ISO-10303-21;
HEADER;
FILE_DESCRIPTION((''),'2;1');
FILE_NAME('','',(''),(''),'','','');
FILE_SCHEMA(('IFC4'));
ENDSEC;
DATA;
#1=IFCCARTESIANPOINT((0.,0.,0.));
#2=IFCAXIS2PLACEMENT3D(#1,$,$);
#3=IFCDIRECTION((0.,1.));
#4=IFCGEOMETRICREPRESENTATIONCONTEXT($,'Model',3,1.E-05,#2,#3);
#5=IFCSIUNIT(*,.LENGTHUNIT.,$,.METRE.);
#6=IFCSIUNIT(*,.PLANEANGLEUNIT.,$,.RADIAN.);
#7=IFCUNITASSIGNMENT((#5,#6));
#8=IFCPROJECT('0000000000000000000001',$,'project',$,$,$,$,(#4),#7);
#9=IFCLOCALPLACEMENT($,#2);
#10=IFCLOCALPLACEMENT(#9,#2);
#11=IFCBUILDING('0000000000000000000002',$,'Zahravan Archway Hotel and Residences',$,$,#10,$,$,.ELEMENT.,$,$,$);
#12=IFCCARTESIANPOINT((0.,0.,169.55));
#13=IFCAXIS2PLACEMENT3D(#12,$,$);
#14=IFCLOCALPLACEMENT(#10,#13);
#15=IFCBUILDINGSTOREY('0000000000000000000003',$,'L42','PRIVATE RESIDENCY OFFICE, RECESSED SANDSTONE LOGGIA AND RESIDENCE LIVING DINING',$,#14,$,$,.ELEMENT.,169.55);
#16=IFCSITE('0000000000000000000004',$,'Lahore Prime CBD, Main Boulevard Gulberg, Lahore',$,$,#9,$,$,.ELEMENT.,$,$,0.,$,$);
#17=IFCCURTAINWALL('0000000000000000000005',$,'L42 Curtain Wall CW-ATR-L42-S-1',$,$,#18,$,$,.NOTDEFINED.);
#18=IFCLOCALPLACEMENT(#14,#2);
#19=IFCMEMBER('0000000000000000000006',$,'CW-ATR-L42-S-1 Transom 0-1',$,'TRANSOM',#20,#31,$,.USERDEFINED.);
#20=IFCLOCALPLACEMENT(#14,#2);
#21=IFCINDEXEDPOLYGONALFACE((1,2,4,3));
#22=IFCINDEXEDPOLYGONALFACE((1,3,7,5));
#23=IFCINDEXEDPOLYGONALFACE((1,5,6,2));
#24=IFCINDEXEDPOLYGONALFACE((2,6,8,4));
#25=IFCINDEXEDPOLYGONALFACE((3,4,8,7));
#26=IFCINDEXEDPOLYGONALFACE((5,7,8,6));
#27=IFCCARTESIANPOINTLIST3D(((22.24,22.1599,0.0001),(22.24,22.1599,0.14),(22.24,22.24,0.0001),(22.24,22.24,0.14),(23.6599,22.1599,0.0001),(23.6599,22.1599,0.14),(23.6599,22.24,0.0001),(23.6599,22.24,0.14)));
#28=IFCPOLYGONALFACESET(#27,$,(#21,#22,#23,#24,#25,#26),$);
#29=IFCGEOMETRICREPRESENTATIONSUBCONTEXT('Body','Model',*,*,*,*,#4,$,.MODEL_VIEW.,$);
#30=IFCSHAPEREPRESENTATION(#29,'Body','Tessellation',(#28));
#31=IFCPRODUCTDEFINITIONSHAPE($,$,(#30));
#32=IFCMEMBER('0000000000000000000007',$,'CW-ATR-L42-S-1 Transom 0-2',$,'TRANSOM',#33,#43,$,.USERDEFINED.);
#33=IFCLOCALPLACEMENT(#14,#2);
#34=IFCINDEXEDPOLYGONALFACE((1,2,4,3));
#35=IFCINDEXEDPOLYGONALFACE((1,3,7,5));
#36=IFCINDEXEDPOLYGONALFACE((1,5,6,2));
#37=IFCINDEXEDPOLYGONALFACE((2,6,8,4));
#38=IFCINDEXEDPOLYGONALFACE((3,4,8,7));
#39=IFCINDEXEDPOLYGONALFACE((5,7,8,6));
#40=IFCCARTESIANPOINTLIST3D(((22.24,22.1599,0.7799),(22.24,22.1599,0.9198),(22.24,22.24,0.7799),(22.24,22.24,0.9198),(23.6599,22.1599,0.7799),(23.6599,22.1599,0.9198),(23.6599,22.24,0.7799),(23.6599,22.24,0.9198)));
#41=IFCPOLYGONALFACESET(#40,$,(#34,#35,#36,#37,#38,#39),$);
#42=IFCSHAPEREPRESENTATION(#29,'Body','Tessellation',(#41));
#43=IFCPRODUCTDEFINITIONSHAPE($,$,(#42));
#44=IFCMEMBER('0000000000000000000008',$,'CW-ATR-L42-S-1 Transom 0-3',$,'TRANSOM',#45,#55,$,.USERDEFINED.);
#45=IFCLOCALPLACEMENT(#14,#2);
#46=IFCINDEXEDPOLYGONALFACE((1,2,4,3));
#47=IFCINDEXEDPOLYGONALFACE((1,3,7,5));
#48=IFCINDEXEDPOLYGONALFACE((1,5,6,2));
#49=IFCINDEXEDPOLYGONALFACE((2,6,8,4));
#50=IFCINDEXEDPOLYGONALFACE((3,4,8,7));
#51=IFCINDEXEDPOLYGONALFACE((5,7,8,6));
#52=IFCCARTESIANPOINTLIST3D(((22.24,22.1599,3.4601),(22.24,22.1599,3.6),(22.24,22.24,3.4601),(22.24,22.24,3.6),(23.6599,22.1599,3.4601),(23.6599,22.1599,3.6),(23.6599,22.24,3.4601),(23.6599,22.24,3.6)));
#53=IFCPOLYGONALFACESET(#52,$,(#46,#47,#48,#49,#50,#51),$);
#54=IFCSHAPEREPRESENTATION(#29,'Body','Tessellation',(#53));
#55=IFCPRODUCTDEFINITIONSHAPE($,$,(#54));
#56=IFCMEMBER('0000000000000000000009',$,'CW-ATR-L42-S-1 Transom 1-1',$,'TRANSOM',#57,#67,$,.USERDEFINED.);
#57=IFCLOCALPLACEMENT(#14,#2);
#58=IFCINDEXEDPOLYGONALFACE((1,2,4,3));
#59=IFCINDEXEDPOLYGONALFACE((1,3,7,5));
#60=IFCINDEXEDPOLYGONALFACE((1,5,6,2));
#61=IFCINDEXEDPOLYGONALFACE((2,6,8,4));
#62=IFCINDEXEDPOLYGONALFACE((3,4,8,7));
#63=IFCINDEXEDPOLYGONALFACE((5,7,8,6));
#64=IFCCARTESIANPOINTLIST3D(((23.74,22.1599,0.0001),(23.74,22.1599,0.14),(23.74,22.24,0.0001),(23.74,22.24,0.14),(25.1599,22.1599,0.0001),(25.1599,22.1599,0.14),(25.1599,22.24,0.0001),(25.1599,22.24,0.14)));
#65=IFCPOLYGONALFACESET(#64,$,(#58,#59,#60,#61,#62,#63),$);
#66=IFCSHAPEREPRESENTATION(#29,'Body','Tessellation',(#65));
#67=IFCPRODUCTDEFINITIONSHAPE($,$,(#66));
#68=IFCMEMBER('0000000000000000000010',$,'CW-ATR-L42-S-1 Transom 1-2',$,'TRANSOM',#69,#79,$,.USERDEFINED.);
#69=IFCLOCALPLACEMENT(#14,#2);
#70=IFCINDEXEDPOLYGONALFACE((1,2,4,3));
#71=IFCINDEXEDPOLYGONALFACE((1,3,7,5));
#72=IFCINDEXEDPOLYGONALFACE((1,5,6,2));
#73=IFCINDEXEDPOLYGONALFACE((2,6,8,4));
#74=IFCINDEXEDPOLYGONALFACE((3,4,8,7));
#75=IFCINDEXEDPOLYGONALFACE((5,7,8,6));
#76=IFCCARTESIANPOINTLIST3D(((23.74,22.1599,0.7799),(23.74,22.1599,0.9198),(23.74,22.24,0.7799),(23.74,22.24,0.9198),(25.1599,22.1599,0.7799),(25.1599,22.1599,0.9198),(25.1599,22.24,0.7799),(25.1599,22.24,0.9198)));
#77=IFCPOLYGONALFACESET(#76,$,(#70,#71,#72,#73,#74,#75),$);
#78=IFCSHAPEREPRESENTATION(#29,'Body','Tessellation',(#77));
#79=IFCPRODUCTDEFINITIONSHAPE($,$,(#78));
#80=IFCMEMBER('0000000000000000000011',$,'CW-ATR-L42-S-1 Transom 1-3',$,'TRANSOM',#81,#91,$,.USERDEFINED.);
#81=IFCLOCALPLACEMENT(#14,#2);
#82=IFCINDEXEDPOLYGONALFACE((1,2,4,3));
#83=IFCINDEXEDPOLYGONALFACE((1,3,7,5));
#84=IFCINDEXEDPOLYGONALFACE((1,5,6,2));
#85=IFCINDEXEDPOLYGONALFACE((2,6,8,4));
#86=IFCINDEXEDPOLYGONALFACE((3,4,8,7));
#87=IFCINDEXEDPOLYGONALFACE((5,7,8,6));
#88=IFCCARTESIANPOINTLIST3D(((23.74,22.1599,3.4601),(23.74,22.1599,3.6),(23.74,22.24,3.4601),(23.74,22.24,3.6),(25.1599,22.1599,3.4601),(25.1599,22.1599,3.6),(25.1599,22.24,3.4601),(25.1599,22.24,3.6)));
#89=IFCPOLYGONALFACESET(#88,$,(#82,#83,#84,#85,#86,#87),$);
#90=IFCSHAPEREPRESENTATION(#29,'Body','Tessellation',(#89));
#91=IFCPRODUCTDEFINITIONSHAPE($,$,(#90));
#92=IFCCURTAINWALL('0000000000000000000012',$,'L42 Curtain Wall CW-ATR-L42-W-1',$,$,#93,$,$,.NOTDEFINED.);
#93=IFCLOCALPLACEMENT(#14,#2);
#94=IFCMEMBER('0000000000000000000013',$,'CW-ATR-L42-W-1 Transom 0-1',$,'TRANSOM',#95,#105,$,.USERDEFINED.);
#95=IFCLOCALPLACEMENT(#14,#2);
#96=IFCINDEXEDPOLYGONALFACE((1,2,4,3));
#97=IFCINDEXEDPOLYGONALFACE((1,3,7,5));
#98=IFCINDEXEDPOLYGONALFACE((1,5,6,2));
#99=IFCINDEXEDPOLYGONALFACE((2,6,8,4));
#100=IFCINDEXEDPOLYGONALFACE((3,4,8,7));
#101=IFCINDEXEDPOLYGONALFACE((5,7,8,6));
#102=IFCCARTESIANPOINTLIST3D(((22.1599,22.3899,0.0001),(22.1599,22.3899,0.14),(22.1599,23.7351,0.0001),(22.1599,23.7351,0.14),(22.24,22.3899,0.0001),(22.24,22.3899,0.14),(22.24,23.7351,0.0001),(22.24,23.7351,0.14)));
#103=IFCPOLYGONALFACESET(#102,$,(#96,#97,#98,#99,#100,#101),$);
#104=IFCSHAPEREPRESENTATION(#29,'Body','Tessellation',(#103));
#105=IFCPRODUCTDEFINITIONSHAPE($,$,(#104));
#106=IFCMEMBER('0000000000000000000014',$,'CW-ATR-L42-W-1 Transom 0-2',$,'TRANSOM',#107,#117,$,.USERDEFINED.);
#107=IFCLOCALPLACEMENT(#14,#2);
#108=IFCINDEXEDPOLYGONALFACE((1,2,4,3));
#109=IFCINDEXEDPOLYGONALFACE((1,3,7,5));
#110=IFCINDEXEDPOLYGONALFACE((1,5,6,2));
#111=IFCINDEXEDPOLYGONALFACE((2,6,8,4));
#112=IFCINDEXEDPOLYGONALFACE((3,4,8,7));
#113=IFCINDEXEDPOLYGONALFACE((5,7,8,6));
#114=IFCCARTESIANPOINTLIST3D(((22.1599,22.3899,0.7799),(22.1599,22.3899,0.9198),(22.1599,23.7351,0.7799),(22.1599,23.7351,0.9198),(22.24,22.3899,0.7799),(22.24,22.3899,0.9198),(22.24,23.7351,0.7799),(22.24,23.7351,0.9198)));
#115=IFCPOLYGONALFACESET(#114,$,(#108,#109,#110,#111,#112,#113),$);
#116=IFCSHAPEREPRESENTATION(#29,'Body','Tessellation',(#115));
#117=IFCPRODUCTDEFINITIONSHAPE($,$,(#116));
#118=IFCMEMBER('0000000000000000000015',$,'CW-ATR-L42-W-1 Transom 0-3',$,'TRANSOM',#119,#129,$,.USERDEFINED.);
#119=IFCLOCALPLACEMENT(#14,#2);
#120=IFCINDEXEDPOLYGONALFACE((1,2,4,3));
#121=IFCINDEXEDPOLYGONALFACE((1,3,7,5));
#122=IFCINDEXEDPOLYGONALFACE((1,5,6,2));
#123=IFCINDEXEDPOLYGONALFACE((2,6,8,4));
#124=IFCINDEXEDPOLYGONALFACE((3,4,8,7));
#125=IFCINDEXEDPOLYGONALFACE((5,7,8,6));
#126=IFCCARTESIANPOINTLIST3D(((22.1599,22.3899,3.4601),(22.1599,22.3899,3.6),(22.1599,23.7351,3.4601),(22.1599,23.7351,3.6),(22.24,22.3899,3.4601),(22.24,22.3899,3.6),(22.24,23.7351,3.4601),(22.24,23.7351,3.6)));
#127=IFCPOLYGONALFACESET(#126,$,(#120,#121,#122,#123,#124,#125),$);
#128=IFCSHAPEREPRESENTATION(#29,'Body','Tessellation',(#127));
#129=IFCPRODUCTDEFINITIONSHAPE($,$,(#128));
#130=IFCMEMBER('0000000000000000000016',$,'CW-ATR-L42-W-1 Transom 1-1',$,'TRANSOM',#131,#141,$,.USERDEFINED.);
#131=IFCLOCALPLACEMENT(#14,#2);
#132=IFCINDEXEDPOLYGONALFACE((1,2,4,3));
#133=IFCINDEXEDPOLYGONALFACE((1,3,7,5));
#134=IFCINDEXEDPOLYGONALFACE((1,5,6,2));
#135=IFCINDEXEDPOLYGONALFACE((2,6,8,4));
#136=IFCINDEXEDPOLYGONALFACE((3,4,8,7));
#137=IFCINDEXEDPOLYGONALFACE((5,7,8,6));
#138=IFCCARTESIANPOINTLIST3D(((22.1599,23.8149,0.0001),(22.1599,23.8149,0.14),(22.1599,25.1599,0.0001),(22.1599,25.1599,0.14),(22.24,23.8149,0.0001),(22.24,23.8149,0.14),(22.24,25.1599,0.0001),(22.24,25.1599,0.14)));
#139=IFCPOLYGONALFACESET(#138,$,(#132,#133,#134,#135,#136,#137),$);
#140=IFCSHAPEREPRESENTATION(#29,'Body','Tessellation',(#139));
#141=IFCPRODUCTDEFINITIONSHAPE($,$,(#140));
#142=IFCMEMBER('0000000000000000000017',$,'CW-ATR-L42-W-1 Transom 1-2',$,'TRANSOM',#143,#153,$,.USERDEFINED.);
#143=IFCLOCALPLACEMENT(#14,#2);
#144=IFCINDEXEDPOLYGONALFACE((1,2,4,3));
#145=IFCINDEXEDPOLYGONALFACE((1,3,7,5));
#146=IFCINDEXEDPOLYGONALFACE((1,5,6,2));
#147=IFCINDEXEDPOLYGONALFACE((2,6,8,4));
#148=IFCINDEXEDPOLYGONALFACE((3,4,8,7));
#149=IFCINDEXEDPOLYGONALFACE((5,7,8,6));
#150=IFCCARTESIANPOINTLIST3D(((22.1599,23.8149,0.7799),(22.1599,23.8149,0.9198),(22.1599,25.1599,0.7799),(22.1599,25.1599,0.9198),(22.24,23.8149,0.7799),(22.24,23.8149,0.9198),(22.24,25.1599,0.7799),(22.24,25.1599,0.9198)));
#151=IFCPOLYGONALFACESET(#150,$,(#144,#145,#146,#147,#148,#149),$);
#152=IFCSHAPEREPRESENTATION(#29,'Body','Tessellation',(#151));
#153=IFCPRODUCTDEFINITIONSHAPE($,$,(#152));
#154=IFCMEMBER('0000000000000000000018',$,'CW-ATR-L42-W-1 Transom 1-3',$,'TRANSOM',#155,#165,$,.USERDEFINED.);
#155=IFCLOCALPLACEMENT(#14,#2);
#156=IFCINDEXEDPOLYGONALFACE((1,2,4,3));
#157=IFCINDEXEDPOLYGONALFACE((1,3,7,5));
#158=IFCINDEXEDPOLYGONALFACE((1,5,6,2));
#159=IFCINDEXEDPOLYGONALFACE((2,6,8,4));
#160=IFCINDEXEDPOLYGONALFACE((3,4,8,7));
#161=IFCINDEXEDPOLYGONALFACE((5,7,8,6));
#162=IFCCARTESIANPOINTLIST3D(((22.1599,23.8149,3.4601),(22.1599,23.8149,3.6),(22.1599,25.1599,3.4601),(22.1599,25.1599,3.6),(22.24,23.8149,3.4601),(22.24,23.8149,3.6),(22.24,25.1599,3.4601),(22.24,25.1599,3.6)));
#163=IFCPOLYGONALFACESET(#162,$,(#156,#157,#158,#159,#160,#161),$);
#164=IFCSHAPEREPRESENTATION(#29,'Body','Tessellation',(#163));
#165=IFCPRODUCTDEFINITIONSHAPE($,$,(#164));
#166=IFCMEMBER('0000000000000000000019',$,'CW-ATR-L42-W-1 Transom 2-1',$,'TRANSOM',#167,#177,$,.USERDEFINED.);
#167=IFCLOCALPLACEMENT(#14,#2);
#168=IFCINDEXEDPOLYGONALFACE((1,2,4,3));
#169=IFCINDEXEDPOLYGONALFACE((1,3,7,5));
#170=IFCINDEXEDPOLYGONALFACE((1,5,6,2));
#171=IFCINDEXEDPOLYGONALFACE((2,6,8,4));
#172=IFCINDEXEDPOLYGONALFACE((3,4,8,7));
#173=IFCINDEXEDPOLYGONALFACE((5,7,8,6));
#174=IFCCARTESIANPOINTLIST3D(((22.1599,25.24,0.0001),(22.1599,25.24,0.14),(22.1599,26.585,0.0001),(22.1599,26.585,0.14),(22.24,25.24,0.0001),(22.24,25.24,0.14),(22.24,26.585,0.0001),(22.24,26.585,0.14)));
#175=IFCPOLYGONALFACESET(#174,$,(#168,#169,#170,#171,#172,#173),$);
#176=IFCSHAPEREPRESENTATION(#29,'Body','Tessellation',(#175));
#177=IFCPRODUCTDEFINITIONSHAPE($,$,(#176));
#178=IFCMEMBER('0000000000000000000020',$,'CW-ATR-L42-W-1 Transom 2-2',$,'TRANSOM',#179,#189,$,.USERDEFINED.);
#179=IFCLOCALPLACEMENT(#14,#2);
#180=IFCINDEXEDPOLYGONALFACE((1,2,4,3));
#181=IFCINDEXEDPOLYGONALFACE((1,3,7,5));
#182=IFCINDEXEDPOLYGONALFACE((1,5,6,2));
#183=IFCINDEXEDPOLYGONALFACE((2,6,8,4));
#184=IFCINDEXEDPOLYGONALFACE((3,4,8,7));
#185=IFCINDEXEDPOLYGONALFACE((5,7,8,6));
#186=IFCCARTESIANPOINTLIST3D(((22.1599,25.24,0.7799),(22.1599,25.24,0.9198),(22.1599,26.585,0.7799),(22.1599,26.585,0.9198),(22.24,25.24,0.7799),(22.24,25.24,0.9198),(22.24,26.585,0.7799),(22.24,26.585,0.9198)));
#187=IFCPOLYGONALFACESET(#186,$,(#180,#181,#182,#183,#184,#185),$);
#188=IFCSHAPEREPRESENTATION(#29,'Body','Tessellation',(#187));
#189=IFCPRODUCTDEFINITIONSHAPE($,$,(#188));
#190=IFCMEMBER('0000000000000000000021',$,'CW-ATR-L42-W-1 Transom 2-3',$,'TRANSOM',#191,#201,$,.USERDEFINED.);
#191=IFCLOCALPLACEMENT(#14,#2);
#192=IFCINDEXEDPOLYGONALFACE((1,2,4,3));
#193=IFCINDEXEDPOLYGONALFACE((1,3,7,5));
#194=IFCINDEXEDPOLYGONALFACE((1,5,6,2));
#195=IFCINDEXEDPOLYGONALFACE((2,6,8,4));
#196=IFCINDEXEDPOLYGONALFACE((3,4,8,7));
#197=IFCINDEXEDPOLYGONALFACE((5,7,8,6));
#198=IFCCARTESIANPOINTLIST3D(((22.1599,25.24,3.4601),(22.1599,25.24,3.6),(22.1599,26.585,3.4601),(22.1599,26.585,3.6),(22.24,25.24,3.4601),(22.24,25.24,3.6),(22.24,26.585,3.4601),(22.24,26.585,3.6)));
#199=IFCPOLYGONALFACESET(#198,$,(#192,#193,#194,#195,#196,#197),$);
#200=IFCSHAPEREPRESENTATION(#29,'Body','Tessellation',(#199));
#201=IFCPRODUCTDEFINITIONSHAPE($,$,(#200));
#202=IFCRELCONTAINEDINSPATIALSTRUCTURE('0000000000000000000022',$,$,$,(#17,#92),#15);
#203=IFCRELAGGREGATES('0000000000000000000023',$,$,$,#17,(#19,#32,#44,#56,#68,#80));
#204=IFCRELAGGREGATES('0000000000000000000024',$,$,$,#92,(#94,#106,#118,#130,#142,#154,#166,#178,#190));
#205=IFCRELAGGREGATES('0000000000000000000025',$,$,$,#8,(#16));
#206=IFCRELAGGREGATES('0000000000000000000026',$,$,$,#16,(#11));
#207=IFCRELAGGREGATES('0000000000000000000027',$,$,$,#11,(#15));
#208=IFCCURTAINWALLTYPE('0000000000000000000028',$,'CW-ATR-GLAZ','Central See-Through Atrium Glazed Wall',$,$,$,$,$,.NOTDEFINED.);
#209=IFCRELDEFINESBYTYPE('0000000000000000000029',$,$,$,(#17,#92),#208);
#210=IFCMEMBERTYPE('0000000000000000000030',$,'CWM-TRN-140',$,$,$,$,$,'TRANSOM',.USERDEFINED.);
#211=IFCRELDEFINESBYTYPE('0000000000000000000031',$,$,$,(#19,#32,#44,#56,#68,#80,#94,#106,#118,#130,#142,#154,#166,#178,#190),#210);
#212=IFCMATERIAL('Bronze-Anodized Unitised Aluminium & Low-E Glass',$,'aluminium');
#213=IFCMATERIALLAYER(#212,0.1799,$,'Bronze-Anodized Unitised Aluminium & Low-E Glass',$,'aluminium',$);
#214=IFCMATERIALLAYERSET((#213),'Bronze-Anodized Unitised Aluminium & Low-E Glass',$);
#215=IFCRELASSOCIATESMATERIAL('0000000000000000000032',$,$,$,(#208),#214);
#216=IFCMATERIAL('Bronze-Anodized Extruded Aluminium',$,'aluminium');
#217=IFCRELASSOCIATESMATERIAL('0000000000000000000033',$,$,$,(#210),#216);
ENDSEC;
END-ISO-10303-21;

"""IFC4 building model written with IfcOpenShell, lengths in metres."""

from ifc_helpers import new_model, si_unit, direction, frame, origin, origin_2d, place, context, subcontext, project, spatial, rectangle, extrude, source, transform, mapped, material, layer, layer_set, material_profile, profile_set, type_object, element, aggregate, save


model = new_model("IFC4")

# Units and contexts
model_context = context("Model", 3, precision=1e-05, world=origin(), true_north=direction((0.0, 1.0)))
body_context = subcontext(model_context, "Body", "Model", "MODEL_VIEW")
ifc_project = project(units=[si_unit("LENGTHUNIT", "METRE"), si_unit("PLANEANGLEUNIT", "RADIAN")], contexts=[model_context])

# Site, building, storey
site_placement = place(None, origin())
site = spatial("IfcSite", under=ifc_project, at=site_placement, Name="Lahore Prime CBD, Main Boulevard Gulberg, Lahore", CompositionType="ELEMENT", RefElevation=0.0)
building_placement = place(site_placement, origin())
building = spatial("IfcBuilding", under=site, at=building_placement, Name="Zahravan Archway Hotel and Residences", CompositionType="ELEMENT")
storey_placement = place(building_placement, frame((0.0, 0.0, 169.55)))
storey = spatial("IfcBuildingStorey", under=building, at=storey_placement, Name="L42", Description="PRIVATE RESIDENCY OFFICE, RECESSED SANDSTONE LOGGIA AND RESIDENCE LIVING DINING", CompositionType="ELEMENT", Elevation=169.55)

# Curtain walls, members
ifc_material_1 = material(Name="Bronze-Anodized Unitised Aluminium & Low-E Glass", Category="aluminium")
ifc_layer_1 = layer(ifc_material_1, 0.1799, Name="Bronze-Anodized Unitised Aluminium & Low-E Glass", Category="aluminium")
ifc_layer_set_1 = layer_set([ifc_layer_1], Name="Bronze-Anodized Unitised Aluminium & Low-E Glass")
curtain_wall_type = type_object("IfcCurtainWallType", Name="CW-ATR-GLAZ", Description="Central See-Through Atrium Glazed Wall", PredefinedType="NOTDEFINED", material=ifc_layer_set_1)
curtain_wall_1_placement = place(storey_placement, origin())
curtain_wall_1 = element("IfcCurtainWall", 1, at=curtain_wall_1_placement, inside=storey, type_object=curtain_wall_type, Name="L42 Curtain Wall CW-ATR-L42-S-1", PredefinedType="NOTDEFINED")
ifc_material_2 = material(Name="Bronze-Anodized Extruded Aluminium", Category="aluminium")
ifc_material_profile_1 = material_profile(ifc_material_2, rectangle(XDim=0.0801, YDim=0.1399, at=origin_2d()), Name="TRN 80x140", Category="aluminium")
ifc_profile_set_1 = profile_set([ifc_material_profile_1], Name="Bronze-Anodized Extruded Aluminium")
member_type_1 = type_object("IfcMemberType", Name="CWM-TRN-140", ElementType="TRANSOM", PredefinedType="USERDEFINED", material=ifc_profile_set_1)
shared_shape_1 = source(origin(), body_context, "Body", "SweptSolid", [
    extrude(rectangle(XDim=0.0801, YDim=0.1399, at=origin_2d()), origin(), (0.0, 0.0, 1.0), 1.4199),
])
member_1_placement = place(storey_placement, frame((22.24, 22.2, 0.0701), z_axis=(1.0, 0.0, 0.0), x_axis=(0.0, 1.0, 0.0)))
member_1 = element("IfcMember", 2, at=member_1_placement, type_object=member_type_1, Name="CW-ATR-L42-S-1 Transom 0-1", ObjectType="TRANSOM", PredefinedType="USERDEFINED", context=body_context, shape_type="MappedRepresentation", body=[
    mapped(shared_shape_1, transform((0.0, 0.0, 0.0), scale=1.0)),
])
member_2_placement = place(storey_placement, frame((22.24, 22.2, 0.8499), z_axis=(1.0, 0.0, 0.0), x_axis=(0.0, 1.0, 0.0)))
member_2 = element("IfcMember", 3, at=member_2_placement, type_object=member_type_1, Name="CW-ATR-L42-S-1 Transom 0-2", ObjectType="TRANSOM", PredefinedType="USERDEFINED", context=body_context, shape_type="MappedRepresentation", body=[
    mapped(shared_shape_1, transform((0.0, 0.0, 0.0), scale=1.0)),
])
member_3_placement = place(storey_placement, frame((22.24, 22.2, 3.53), z_axis=(1.0, 0.0, 0.0), x_axis=(0.0, 1.0, 0.0)))
member_3 = element("IfcMember", 4, at=member_3_placement, type_object=member_type_1, Name="CW-ATR-L42-S-1 Transom 0-3", ObjectType="TRANSOM", PredefinedType="USERDEFINED", context=body_context, shape_type="MappedRepresentation", body=[
    mapped(shared_shape_1, transform((0.0, 0.0, 0.0), scale=1.0)),
])
member_4_placement = place(storey_placement, frame((23.74, 22.2, 0.0701), z_axis=(1.0, 0.0, 0.0), x_axis=(0.0, 1.0, 0.0)))
member_4 = element("IfcMember", 5, at=member_4_placement, type_object=member_type_1, Name="CW-ATR-L42-S-1 Transom 1-1", ObjectType="TRANSOM", PredefinedType="USERDEFINED", context=body_context, shape_type="MappedRepresentation", body=[
    mapped(shared_shape_1, transform((0.0, 0.0, 0.0), scale=1.0)),
])
member_5_placement = place(storey_placement, frame((23.74, 22.2, 0.8499), z_axis=(1.0, 0.0, 0.0), x_axis=(0.0, 1.0, 0.0)))
member_5 = element("IfcMember", 6, at=member_5_placement, type_object=member_type_1, Name="CW-ATR-L42-S-1 Transom 1-2", ObjectType="TRANSOM", PredefinedType="USERDEFINED", context=body_context, shape_type="MappedRepresentation", body=[
    mapped(shared_shape_1, transform((0.0, 0.0, 0.0), scale=1.0)),
])
member_6_placement = place(storey_placement, frame((23.74, 22.2, 3.53), z_axis=(1.0, 0.0, 0.0), x_axis=(0.0, 1.0, 0.0)))
member_6 = element("IfcMember", 7, at=member_6_placement, type_object=member_type_1, Name="CW-ATR-L42-S-1 Transom 1-3", ObjectType="TRANSOM", PredefinedType="USERDEFINED", context=body_context, shape_type="MappedRepresentation", body=[
    mapped(shared_shape_1, transform((0.0, 0.0, 0.0), scale=1.0)),
])
curtain_wall_2_placement = place(storey_placement, origin())
curtain_wall_2 = element("IfcCurtainWall", 8, at=curtain_wall_2_placement, inside=storey, type_object=curtain_wall_type, Name="L42 Curtain Wall CW-ATR-L42-W-1", PredefinedType="NOTDEFINED")
shared_shape_2 = source(origin(), body_context, "Body", "SweptSolid", [
    extrude(rectangle(XDim=0.0801, YDim=0.1399, at=origin_2d()), origin(), (0.0, 0.0, 1.0), 1.3452),
])
member_7_placement = place(storey_placement, frame((22.2, 22.3899, 0.0701), z_axis=(0.0, 1.0, 0.0), x_axis=(-1.0, 0.0, 0.0)))
member_7 = element("IfcMember", 9, at=member_7_placement, type_object=member_type_1, Name="CW-ATR-L42-W-1 Transom 0-1", ObjectType="TRANSOM", PredefinedType="USERDEFINED", context=body_context, shape_type="MappedRepresentation", body=[
    mapped(shared_shape_2, transform((0.0, 0.0, 0.0), scale=1.0)),
])
member_8_placement = place(storey_placement, frame((22.2, 22.3899, 0.8499), z_axis=(0.0, 1.0, 0.0), x_axis=(-1.0, 0.0, 0.0)))
member_8 = element("IfcMember", 10, at=member_8_placement, type_object=member_type_1, Name="CW-ATR-L42-W-1 Transom 0-2", ObjectType="TRANSOM", PredefinedType="USERDEFINED", context=body_context, shape_type="MappedRepresentation", body=[
    mapped(shared_shape_2, transform((0.0, 0.0, 0.0), scale=1.0)),
])
member_9_placement = place(storey_placement, frame((22.2, 22.3899, 3.53), z_axis=(0.0, 1.0, 0.0), x_axis=(-1.0, 0.0, 0.0)))
member_9 = element("IfcMember", 11, at=member_9_placement, type_object=member_type_1, Name="CW-ATR-L42-W-1 Transom 0-3", ObjectType="TRANSOM", PredefinedType="USERDEFINED", context=body_context, shape_type="MappedRepresentation", body=[
    mapped(shared_shape_2, transform((0.0, 0.0, 0.0), scale=1.0)),
])
shared_shape_3 = source(origin(), body_context, "Body", "SweptSolid", [
    extrude(rectangle(XDim=0.0801, YDim=0.1399, at=origin_2d()), origin(), (0.0, 0.0, 1.0), 1.345),
])
member_10_placement = place(storey_placement, frame((22.2, 23.8149, 0.0701), z_axis=(0.0, 1.0, 0.0), x_axis=(-1.0, 0.0, 0.0)))
member_10 = element("IfcMember", 12, at=member_10_placement, type_object=member_type_1, Name="CW-ATR-L42-W-1 Transom 1-1", ObjectType="TRANSOM", PredefinedType="USERDEFINED", context=body_context, shape_type="MappedRepresentation", body=[
    mapped(shared_shape_3, transform((0.0, 0.0, 0.0), scale=1.0)),
])
member_11_placement = place(storey_placement, frame((22.2, 23.8149, 0.8499), z_axis=(0.0, 1.0, 0.0), x_axis=(-1.0, 0.0, 0.0)))
member_11 = element("IfcMember", 13, at=member_11_placement, type_object=member_type_1, Name="CW-ATR-L42-W-1 Transom 1-2", ObjectType="TRANSOM", PredefinedType="USERDEFINED", context=body_context, shape_type="MappedRepresentation", body=[
    mapped(shared_shape_3, transform((0.0, 0.0, 0.0), scale=1.0)),
])
member_12_placement = place(storey_placement, frame((22.2, 23.8149, 3.53), z_axis=(0.0, 1.0, 0.0), x_axis=(-1.0, 0.0, 0.0)))
member_12 = element("IfcMember", 14, at=member_12_placement, type_object=member_type_1, Name="CW-ATR-L42-W-1 Transom 1-3", ObjectType="TRANSOM", PredefinedType="USERDEFINED", context=body_context, shape_type="MappedRepresentation", body=[
    mapped(shared_shape_3, transform((0.0, 0.0, 0.0), scale=1.0)),
])
member_13_placement = place(storey_placement, frame((22.2, 25.24, 0.0701), z_axis=(0.0, 1.0, 0.0), x_axis=(-1.0, 0.0, 0.0)))
member_13 = element("IfcMember", 15, at=member_13_placement, type_object=member_type_1, Name="CW-ATR-L42-W-1 Transom 2-1", ObjectType="TRANSOM", PredefinedType="USERDEFINED", context=body_context, shape_type="MappedRepresentation", body=[
    mapped(shared_shape_3, transform((0.0, 0.0, 0.0), scale=1.0)),
])
member_14_placement = place(storey_placement, frame((22.2, 25.24, 0.8499), z_axis=(0.0, 1.0, 0.0), x_axis=(-1.0, 0.0, 0.0)))
member_14 = element("IfcMember", 16, at=member_14_placement, type_object=member_type_1, Name="CW-ATR-L42-W-1 Transom 2-2", ObjectType="TRANSOM", PredefinedType="USERDEFINED", context=body_context, shape_type="MappedRepresentation", body=[
    mapped(shared_shape_3, transform((0.0, 0.0, 0.0), scale=1.0)),
])
member_15_placement = place(storey_placement, frame((22.2, 25.24, 3.53), z_axis=(0.0, 1.0, 0.0), x_axis=(-1.0, 0.0, 0.0)))
member_15 = element("IfcMember", 17, at=member_15_placement, type_object=member_type_1, Name="CW-ATR-L42-W-1 Transom 2-3", ObjectType="TRANSOM", PredefinedType="USERDEFINED", context=body_context, shape_type="MappedRepresentation", body=[
    mapped(shared_shape_3, transform((0.0, 0.0, 0.0), scale=1.0)),
])

aggregate(curtain_wall_1, [member_1, member_2, member_3, member_4, member_5, member_6])
aggregate(curtain_wall_2, [member_7, member_8, member_9, member_10, member_11, member_12, member_13, member_14, member_15])

save(model, "model.ifc")
